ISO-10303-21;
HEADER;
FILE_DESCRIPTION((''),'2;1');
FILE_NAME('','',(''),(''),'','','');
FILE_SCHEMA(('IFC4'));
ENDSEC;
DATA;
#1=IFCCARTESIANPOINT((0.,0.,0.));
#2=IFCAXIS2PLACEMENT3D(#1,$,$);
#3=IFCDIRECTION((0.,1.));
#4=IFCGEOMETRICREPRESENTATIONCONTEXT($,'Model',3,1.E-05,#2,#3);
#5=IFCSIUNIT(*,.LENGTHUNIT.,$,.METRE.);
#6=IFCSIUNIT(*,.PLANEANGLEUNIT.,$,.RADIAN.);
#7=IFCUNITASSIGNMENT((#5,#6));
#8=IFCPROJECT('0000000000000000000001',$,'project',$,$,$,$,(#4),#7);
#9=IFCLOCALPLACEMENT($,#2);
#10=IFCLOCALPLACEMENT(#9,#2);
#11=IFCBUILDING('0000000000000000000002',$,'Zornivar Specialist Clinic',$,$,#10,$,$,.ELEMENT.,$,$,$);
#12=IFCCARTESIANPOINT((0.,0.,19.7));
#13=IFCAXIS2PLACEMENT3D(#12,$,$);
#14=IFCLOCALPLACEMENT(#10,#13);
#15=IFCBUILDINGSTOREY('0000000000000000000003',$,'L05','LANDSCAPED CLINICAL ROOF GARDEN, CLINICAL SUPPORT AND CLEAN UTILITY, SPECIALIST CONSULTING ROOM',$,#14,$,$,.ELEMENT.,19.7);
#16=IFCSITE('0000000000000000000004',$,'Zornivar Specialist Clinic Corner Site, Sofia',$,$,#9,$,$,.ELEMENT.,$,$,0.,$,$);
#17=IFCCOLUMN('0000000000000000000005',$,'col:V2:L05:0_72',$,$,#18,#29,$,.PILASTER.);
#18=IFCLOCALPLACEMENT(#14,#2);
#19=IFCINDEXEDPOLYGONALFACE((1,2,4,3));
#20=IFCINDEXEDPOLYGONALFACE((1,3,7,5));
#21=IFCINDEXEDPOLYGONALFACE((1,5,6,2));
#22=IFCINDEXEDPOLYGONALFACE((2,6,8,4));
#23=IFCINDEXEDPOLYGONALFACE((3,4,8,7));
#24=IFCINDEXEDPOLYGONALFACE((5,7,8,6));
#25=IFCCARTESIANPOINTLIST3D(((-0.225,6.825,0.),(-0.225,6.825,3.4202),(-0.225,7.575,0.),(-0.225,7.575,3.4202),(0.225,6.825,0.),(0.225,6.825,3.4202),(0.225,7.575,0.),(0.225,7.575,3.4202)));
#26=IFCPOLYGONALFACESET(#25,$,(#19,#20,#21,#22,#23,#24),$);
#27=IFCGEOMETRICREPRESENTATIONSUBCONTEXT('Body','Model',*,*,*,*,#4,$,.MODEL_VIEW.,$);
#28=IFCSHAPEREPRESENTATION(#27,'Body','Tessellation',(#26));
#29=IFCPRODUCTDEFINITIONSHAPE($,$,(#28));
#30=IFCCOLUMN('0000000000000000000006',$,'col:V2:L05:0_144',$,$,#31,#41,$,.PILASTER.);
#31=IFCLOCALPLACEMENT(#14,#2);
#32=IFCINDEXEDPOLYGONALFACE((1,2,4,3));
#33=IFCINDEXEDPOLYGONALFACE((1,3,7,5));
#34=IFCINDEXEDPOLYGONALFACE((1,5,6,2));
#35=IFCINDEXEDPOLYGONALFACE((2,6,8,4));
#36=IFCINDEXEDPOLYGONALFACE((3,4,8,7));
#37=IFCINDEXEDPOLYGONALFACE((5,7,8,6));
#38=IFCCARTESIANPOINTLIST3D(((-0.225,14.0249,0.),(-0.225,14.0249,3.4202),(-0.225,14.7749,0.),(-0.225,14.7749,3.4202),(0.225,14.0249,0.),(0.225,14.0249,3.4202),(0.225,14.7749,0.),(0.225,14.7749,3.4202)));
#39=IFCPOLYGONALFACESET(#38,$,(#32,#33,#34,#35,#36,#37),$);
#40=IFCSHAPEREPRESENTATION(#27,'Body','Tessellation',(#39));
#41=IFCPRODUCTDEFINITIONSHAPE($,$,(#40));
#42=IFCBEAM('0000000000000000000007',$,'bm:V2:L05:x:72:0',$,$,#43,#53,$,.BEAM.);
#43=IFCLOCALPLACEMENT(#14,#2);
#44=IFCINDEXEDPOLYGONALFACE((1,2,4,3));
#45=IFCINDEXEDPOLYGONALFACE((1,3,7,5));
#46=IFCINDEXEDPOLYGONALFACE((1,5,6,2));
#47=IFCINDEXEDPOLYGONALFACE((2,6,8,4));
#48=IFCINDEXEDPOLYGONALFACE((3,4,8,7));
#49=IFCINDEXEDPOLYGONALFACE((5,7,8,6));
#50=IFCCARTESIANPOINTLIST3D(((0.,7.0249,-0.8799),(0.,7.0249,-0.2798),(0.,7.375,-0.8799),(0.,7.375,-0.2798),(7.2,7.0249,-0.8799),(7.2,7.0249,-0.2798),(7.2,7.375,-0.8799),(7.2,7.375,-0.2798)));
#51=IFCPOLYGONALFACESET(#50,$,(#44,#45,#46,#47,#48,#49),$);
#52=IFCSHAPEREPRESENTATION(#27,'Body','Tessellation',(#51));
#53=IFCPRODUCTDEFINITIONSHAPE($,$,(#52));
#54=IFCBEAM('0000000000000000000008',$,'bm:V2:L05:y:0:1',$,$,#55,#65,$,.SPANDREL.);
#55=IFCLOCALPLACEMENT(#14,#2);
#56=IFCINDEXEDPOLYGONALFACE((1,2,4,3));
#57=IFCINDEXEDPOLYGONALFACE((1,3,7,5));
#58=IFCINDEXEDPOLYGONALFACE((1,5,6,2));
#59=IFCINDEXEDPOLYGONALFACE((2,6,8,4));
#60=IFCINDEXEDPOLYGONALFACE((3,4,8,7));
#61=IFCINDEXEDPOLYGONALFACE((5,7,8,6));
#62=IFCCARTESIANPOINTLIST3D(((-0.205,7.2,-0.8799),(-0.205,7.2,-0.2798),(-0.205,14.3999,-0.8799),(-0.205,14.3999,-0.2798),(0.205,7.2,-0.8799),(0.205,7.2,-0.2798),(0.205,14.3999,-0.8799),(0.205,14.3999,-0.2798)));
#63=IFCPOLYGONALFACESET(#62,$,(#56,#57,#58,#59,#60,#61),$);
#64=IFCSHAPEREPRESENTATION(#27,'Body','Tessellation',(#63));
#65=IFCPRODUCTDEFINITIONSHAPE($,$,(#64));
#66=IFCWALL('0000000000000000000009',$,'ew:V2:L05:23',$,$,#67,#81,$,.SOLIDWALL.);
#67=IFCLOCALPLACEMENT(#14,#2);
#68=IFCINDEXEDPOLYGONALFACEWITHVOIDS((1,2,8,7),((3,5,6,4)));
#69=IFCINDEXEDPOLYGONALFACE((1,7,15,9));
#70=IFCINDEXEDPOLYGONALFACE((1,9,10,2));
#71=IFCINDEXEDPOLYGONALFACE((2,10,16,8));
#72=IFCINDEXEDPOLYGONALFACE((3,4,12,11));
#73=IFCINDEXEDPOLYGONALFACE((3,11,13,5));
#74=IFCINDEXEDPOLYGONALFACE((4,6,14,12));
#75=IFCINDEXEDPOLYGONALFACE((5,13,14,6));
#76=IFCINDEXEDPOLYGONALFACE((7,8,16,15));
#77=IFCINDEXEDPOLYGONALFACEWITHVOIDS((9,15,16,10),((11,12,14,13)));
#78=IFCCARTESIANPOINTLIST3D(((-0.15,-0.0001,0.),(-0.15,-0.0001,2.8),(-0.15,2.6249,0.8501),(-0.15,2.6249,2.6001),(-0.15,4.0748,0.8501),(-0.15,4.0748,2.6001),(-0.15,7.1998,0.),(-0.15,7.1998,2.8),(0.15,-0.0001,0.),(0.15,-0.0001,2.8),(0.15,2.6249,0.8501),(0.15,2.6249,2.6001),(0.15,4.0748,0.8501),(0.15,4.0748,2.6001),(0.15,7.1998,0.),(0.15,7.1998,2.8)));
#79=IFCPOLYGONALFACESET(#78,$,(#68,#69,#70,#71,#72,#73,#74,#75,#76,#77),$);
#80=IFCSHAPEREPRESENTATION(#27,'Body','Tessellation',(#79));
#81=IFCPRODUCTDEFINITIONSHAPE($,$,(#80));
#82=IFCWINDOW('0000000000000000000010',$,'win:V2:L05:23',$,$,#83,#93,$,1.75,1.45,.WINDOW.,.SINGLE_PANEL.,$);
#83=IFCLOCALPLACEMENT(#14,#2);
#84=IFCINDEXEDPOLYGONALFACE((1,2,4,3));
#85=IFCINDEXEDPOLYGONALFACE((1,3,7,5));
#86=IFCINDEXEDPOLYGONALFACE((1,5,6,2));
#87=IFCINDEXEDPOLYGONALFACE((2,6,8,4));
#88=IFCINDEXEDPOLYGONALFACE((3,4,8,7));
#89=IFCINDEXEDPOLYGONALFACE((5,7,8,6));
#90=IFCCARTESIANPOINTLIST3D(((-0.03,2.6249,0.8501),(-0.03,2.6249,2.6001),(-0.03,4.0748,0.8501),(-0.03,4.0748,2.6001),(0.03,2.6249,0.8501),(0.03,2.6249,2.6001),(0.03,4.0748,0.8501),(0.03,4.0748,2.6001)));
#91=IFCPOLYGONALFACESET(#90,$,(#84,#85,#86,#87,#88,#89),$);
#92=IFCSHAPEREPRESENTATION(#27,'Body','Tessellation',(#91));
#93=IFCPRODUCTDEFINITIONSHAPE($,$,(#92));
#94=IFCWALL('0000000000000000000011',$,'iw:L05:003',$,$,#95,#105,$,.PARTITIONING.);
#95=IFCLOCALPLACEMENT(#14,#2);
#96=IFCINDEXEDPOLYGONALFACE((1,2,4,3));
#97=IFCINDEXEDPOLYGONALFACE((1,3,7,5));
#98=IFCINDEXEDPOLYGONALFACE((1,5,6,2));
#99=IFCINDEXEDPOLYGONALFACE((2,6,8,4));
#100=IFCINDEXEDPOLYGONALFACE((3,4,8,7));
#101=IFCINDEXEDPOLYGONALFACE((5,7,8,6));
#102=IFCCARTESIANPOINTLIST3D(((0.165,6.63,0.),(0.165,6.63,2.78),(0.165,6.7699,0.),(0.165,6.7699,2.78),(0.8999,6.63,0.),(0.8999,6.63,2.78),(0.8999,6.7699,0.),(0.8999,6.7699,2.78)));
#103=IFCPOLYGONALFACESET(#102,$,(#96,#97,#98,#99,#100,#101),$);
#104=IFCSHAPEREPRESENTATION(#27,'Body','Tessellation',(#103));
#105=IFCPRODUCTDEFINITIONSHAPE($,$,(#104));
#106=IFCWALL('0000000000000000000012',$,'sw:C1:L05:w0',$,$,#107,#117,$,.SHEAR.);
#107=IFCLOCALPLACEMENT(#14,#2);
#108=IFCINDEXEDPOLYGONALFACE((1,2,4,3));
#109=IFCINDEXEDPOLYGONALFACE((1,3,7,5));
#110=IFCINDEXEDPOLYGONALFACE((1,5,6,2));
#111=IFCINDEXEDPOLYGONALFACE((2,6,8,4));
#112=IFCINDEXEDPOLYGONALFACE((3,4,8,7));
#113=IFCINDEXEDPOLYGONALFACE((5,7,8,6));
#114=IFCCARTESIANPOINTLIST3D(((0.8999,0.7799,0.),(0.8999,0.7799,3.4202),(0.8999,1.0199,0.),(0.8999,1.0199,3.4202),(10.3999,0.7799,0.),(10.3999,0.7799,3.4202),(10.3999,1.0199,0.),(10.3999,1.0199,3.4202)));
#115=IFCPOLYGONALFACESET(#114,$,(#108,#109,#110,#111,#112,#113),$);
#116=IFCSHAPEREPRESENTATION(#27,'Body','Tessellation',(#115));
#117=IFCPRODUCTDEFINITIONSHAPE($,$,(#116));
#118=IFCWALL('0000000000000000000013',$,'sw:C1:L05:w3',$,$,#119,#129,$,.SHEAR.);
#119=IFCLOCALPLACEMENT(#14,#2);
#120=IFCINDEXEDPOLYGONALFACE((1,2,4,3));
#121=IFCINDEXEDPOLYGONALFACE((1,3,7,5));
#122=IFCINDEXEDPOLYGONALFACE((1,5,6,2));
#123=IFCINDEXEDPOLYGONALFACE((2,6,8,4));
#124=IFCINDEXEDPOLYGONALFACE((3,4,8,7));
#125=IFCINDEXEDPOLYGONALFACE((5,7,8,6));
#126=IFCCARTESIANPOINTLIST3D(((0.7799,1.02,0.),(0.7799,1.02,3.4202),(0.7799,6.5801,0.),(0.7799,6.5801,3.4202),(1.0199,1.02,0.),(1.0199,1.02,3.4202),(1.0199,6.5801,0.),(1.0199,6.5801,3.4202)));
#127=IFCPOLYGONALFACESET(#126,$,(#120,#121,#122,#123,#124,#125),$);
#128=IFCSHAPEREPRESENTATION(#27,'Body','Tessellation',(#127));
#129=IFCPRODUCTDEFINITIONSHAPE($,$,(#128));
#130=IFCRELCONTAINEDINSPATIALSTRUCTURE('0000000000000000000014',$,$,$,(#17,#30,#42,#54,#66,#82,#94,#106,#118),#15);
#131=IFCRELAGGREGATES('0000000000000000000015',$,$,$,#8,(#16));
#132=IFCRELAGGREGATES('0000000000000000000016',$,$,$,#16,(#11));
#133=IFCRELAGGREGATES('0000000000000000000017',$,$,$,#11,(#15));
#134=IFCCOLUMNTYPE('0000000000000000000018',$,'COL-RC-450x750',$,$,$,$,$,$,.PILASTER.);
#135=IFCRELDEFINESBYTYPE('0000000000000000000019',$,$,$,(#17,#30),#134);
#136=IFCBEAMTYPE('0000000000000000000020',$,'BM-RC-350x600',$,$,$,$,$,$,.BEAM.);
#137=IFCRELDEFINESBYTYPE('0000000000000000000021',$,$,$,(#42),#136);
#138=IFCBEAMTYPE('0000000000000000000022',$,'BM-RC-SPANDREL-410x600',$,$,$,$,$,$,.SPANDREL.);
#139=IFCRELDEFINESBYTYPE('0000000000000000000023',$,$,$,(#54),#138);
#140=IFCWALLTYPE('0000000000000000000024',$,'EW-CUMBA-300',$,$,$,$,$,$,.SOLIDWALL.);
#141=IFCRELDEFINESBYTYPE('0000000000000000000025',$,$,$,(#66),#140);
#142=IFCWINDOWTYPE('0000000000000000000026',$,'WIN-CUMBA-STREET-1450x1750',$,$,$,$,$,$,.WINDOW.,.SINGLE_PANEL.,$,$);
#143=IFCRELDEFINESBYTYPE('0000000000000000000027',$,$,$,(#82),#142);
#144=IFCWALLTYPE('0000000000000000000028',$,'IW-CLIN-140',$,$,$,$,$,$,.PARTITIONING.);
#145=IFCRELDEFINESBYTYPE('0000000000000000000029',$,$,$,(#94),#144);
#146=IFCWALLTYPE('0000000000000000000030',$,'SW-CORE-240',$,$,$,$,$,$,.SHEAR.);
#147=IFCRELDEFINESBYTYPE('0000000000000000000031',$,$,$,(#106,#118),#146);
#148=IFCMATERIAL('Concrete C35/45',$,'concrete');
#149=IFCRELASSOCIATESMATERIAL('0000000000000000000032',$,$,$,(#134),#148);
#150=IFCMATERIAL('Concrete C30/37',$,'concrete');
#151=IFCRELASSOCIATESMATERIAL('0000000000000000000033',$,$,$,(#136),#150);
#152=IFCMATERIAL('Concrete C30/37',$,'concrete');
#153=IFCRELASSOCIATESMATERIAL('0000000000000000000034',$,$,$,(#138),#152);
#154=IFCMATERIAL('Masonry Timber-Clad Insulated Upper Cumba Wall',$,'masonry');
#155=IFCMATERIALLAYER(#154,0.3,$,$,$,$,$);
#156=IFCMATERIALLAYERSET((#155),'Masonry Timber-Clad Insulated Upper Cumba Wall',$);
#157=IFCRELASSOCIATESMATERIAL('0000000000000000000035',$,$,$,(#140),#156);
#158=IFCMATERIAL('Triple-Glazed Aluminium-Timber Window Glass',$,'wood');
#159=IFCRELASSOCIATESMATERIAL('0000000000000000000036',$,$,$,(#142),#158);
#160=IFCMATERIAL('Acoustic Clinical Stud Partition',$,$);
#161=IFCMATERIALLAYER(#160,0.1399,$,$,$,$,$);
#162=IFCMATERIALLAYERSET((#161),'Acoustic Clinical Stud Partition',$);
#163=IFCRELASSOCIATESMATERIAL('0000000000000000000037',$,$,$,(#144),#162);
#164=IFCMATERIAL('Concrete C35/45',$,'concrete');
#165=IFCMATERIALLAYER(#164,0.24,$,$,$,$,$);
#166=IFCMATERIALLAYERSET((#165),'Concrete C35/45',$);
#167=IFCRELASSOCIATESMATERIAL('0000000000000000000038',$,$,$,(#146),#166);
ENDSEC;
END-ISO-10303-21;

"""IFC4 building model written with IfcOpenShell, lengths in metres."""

from ifc_helpers import new_model, si_unit, direction, frame, frame_2d, origin, origin_2d, place, context, subcontext, project, spatial, rectangle, extrude, material, layer, layer_set, material_profile, profile_set, type_object, element, fill, save


model = new_model("IFC4")

# Units and contexts
model_context = context("Model", 3, precision=1e-05, world=origin(), true_north=direction((0.0, 1.0)))
body_context = subcontext(model_context, "Body", "Model", "MODEL_VIEW")
ifc_project = project(units=[si_unit("LENGTHUNIT", "METRE"), si_unit("PLANEANGLEUNIT", "RADIAN")], contexts=[model_context])

# Site, building, storey
site_placement = place(None, origin())
site = spatial("IfcSite", under=ifc_project, at=site_placement, Name="Zornivar Specialist Clinic Corner Site, Sofia", CompositionType="ELEMENT", RefElevation=0.0)
building_placement = place(site_placement, origin())
building = spatial("IfcBuilding", under=site, at=building_placement, Name="Zornivar Specialist Clinic", CompositionType="ELEMENT")
storey_placement = place(building_placement, frame((0.0, 0.0, 19.7)))
storey = spatial("IfcBuildingStorey", under=building, at=storey_placement, Name="L05", Description="LANDSCAPED CLINICAL ROOF GARDEN, CLINICAL SUPPORT AND CLEAN UTILITY, SPECIALIST CONSULTING ROOM", CompositionType="ELEMENT", Elevation=19.7)

# Columns
ifc_material_1 = material(Name="Concrete C35/45", Category="concrete")
ifc_material_profile_1 = material_profile(ifc_material_1, rectangle(XDim=0.45, YDim=0.75, at=origin_2d()), Name="RC 450x750")
ifc_profile_set_1 = profile_set([ifc_material_profile_1], Name="Concrete C35/45")
column_type = type_object("IfcColumnType", Name="COL-RC-450x750", PredefinedType="PILASTER", material=ifc_profile_set_1)
for number, where, z_axis, x_axis, name in (
    (1, (0.0, 7.2, 0.0), (0.0, 0.0, 1.0), (1.0, 0.0, 0.0), "col:V2:L05:0_72"),
    (2, (0.0, 14.3999, 0.0), (0.0, 0.0, 1.0), (1.0, 0.0, 0.0), "col:V2:L05:0_144"),
):
    element("IfcColumn", number, at=place(storey_placement, frame(where, z_axis=z_axis, x_axis=x_axis)), inside=storey, type_object=column_type, Name=name, PredefinedType="PILASTER", context=body_context, shape_type="SweptSolid", body=[
        extrude(rectangle(XDim=0.45, YDim=0.75, at=origin_2d()), origin(), (0.0, 0.0, 1.0), 3.4202),
    ])

# Beams
ifc_material_2 = material(Name="Concrete C30/37", Category="concrete")
ifc_material_profile_2 = material_profile(ifc_material_2, rectangle(XDim=0.3501, YDim=0.6001, at=origin_2d()), Name="RC 350x600")
ifc_profile_set_2 = profile_set([ifc_material_profile_2], Name="Concrete C30/37")
beam_type_1 = type_object("IfcBeamType", Name="BM-RC-350x600", PredefinedType="BEAM", material=ifc_profile_set_2)
beam_1_placement = place(storey_placement, frame((0.0, 7.2, -0.5798), z_axis=(1.0, 0.0, 0.0), x_axis=(0.0, 1.0, 0.0)))
element("IfcBeam", 3, at=beam_1_placement, inside=storey, type_object=beam_type_1, Name="bm:V2:L05:x:72:0", PredefinedType="BEAM", context=body_context, shape_type="SweptSolid", body=[
    extrude(rectangle(XDim=0.3501, YDim=0.6001, at=origin_2d()), origin(), (0.0, 0.0, 1.0), 7.2),
])
ifc_material_3 = material(Name="Concrete C30/37", Category="concrete")
ifc_material_profile_3 = material_profile(ifc_material_3, rectangle(XDim=0.4099, YDim=0.6001, at=origin_2d()), Name="RC 410x600")
ifc_profile_set_3 = profile_set([ifc_material_profile_3], Name="Concrete C30/37")
beam_type_2 = type_object("IfcBeamType", Name="BM-RC-SPANDREL-410x600", PredefinedType="SPANDREL", material=ifc_profile_set_3)
beam_2_placement = place(storey_placement, frame((0.0, 7.2, -0.5798), z_axis=(0.0, 1.0, 0.0), x_axis=(-1.0, 0.0, 0.0)))
element("IfcBeam", 4, at=beam_2_placement, inside=storey, type_object=beam_type_2, Name="bm:V2:L05:y:0:1", PredefinedType="SPANDREL", context=body_context, shape_type="SweptSolid", body=[
    extrude(rectangle(XDim=0.4099, YDim=0.6001, at=origin_2d()), origin(), (0.0, 0.0, 1.0), 7.2),
])

# Wall, opening, window
ifc_material_4 = material(Name="Masonry Timber-Clad Insulated Upper Cumba Wall", Category="masonry")
ifc_layer_1 = layer(ifc_material_4, 0.3)
ifc_layer_set_1 = layer_set([ifc_layer_1], Name="Masonry Timber-Clad Insulated Upper Cumba Wall")
wall_type_1 = type_object("IfcWallType", Name="EW-CUMBA-300", PredefinedType="SOLIDWALL", material=ifc_layer_set_1)
wall_1_placement = place(storey_placement, frame((0.0, 7.2, 0.0), z_axis=(0.0, 0.0, 1.0), x_axis=(0.0, -1.0, 0.0)))
wall_1 = element("IfcWall", 5, at=wall_1_placement, inside=storey, type_object=wall_type_1, Name="ew:V2:L05:23", PredefinedType="SOLIDWALL", context=body_context, shape_type="SweptSolid", body=[
    extrude(rectangle(XDim=7.2, YDim=0.3, at=frame_2d((3.6001, 0.0))), origin(), (0.0, 0.0, 1.0), 2.8),
])
opening_1_placement = place(wall_1_placement, frame((3.125, 0.0, 0.8501)))
opening_1 = element("IfcOpeningElement", 6, at=opening_1_placement, cuts=wall_1, PredefinedType="OPENING", context=body_context, shape_type="SweptSolid", body=[
    extrude(rectangle(XDim=1.45, YDim=1.75, at=frame_2d((0.7251, 0.875))), frame((0.0, 0.1599, 0.0), z_axis=(0.0, -1.0, 0.0), x_axis=(1.0, 0.0, 0.0)), (0.0, 0.0, 1.0), 0.3201),
])
ifc_material_5 = material(Name="Triple-Glazed Aluminium-Timber Window Glass", Category="wood")
window_type = type_object("IfcWindowType", Name="WIN-CUMBA-STREET-1450x1750", PartitioningType="SINGLE_PANEL", PredefinedType="WINDOW", material=ifc_material_5)
window_placement = place(opening_1_placement, origin())
window = element("IfcWindow", 7, at=window_placement, inside=storey, type_object=window_type, Name="win:V2:L05:23", OverallHeight=1.75, OverallWidth=1.45, PartitioningType="SINGLE_PANEL", PredefinedType="WINDOW", context=body_context, shape_type="SweptSolid", body=[
    extrude(rectangle(XDim=1.45, YDim=1.75, at=frame_2d((0.7251, 0.875))), frame((0.0, 0.03, 0.0), z_axis=(0.0, -1.0, 0.0), x_axis=(1.0, 0.0, 0.0)), (0.0, 0.0, 1.0), 0.0601),
])
fill(opening_1, window)

# Walls
ifc_material_6 = material(Name="Acoustic Clinical Stud Partition")
ifc_layer_2 = layer(ifc_material_6, 0.1399)
ifc_layer_set_2 = layer_set([ifc_layer_2], Name="Acoustic Clinical Stud Partition")
wall_type_2 = type_object("IfcWallType", Name="IW-CLIN-140", PredefinedType="PARTITIONING", material=ifc_layer_set_2)
wall_2_placement = place(storey_placement, frame((0.8999, 6.7, 0.0), z_axis=(0.0, 0.0, 1.0), x_axis=(-1.0, 0.0, 0.0)))
element("IfcWall", 8, at=wall_2_placement, inside=storey, type_object=wall_type_2, Name="iw:L05:003", PredefinedType="PARTITIONING", context=body_context, shape_type="SweptSolid", body=[
    extrude(rectangle(XDim=0.7349, YDim=0.1399, at=frame_2d((0.3674, 0.0))), origin(), (0.0, 0.0, 1.0), 2.78),
])
ifc_material_7 = material(Name="Concrete C35/45", Category="concrete")
ifc_layer_3 = layer(ifc_material_7, 0.24)
ifc_layer_set_3 = layer_set([ifc_layer_3], Name="Concrete C35/45")
wall_type_3 = type_object("IfcWallType", Name="SW-CORE-240", PredefinedType="SHEAR", material=ifc_layer_set_3)
wall_3_placement = place(storey_placement, frame((0.8999, 0.8999, 0.0), z_axis=(0.0, 0.0, 1.0), x_axis=(1.0, 0.0, 0.0)))
element("IfcWall", 9, at=wall_3_placement, inside=storey, type_object=wall_type_3, Name="sw:C1:L05:w0", PredefinedType="SHEAR", context=body_context, shape_type="SweptSolid", body=[
    extrude(rectangle(XDim=9.5, YDim=0.24, at=frame_2d((4.75, 0.0))), origin(), (0.0, 0.0, 1.0), 3.4202),
])
wall_4_placement = place(storey_placement, frame((0.8999, 6.5801, 0.0), z_axis=(0.0, 0.0, 1.0), x_axis=(0.0, -1.0, 0.0)))
element("IfcWall", 10, at=wall_4_placement, inside=storey, type_object=wall_type_3, Name="sw:C1:L05:w3", PredefinedType="SHEAR", context=body_context, shape_type="SweptSolid", body=[
    extrude(rectangle(XDim=5.5601, YDim=0.24, at=frame_2d((2.78, 0.0))), origin(), (0.0, 0.0, 1.0), 3.4202),
])

save(model, "model.ifc")
